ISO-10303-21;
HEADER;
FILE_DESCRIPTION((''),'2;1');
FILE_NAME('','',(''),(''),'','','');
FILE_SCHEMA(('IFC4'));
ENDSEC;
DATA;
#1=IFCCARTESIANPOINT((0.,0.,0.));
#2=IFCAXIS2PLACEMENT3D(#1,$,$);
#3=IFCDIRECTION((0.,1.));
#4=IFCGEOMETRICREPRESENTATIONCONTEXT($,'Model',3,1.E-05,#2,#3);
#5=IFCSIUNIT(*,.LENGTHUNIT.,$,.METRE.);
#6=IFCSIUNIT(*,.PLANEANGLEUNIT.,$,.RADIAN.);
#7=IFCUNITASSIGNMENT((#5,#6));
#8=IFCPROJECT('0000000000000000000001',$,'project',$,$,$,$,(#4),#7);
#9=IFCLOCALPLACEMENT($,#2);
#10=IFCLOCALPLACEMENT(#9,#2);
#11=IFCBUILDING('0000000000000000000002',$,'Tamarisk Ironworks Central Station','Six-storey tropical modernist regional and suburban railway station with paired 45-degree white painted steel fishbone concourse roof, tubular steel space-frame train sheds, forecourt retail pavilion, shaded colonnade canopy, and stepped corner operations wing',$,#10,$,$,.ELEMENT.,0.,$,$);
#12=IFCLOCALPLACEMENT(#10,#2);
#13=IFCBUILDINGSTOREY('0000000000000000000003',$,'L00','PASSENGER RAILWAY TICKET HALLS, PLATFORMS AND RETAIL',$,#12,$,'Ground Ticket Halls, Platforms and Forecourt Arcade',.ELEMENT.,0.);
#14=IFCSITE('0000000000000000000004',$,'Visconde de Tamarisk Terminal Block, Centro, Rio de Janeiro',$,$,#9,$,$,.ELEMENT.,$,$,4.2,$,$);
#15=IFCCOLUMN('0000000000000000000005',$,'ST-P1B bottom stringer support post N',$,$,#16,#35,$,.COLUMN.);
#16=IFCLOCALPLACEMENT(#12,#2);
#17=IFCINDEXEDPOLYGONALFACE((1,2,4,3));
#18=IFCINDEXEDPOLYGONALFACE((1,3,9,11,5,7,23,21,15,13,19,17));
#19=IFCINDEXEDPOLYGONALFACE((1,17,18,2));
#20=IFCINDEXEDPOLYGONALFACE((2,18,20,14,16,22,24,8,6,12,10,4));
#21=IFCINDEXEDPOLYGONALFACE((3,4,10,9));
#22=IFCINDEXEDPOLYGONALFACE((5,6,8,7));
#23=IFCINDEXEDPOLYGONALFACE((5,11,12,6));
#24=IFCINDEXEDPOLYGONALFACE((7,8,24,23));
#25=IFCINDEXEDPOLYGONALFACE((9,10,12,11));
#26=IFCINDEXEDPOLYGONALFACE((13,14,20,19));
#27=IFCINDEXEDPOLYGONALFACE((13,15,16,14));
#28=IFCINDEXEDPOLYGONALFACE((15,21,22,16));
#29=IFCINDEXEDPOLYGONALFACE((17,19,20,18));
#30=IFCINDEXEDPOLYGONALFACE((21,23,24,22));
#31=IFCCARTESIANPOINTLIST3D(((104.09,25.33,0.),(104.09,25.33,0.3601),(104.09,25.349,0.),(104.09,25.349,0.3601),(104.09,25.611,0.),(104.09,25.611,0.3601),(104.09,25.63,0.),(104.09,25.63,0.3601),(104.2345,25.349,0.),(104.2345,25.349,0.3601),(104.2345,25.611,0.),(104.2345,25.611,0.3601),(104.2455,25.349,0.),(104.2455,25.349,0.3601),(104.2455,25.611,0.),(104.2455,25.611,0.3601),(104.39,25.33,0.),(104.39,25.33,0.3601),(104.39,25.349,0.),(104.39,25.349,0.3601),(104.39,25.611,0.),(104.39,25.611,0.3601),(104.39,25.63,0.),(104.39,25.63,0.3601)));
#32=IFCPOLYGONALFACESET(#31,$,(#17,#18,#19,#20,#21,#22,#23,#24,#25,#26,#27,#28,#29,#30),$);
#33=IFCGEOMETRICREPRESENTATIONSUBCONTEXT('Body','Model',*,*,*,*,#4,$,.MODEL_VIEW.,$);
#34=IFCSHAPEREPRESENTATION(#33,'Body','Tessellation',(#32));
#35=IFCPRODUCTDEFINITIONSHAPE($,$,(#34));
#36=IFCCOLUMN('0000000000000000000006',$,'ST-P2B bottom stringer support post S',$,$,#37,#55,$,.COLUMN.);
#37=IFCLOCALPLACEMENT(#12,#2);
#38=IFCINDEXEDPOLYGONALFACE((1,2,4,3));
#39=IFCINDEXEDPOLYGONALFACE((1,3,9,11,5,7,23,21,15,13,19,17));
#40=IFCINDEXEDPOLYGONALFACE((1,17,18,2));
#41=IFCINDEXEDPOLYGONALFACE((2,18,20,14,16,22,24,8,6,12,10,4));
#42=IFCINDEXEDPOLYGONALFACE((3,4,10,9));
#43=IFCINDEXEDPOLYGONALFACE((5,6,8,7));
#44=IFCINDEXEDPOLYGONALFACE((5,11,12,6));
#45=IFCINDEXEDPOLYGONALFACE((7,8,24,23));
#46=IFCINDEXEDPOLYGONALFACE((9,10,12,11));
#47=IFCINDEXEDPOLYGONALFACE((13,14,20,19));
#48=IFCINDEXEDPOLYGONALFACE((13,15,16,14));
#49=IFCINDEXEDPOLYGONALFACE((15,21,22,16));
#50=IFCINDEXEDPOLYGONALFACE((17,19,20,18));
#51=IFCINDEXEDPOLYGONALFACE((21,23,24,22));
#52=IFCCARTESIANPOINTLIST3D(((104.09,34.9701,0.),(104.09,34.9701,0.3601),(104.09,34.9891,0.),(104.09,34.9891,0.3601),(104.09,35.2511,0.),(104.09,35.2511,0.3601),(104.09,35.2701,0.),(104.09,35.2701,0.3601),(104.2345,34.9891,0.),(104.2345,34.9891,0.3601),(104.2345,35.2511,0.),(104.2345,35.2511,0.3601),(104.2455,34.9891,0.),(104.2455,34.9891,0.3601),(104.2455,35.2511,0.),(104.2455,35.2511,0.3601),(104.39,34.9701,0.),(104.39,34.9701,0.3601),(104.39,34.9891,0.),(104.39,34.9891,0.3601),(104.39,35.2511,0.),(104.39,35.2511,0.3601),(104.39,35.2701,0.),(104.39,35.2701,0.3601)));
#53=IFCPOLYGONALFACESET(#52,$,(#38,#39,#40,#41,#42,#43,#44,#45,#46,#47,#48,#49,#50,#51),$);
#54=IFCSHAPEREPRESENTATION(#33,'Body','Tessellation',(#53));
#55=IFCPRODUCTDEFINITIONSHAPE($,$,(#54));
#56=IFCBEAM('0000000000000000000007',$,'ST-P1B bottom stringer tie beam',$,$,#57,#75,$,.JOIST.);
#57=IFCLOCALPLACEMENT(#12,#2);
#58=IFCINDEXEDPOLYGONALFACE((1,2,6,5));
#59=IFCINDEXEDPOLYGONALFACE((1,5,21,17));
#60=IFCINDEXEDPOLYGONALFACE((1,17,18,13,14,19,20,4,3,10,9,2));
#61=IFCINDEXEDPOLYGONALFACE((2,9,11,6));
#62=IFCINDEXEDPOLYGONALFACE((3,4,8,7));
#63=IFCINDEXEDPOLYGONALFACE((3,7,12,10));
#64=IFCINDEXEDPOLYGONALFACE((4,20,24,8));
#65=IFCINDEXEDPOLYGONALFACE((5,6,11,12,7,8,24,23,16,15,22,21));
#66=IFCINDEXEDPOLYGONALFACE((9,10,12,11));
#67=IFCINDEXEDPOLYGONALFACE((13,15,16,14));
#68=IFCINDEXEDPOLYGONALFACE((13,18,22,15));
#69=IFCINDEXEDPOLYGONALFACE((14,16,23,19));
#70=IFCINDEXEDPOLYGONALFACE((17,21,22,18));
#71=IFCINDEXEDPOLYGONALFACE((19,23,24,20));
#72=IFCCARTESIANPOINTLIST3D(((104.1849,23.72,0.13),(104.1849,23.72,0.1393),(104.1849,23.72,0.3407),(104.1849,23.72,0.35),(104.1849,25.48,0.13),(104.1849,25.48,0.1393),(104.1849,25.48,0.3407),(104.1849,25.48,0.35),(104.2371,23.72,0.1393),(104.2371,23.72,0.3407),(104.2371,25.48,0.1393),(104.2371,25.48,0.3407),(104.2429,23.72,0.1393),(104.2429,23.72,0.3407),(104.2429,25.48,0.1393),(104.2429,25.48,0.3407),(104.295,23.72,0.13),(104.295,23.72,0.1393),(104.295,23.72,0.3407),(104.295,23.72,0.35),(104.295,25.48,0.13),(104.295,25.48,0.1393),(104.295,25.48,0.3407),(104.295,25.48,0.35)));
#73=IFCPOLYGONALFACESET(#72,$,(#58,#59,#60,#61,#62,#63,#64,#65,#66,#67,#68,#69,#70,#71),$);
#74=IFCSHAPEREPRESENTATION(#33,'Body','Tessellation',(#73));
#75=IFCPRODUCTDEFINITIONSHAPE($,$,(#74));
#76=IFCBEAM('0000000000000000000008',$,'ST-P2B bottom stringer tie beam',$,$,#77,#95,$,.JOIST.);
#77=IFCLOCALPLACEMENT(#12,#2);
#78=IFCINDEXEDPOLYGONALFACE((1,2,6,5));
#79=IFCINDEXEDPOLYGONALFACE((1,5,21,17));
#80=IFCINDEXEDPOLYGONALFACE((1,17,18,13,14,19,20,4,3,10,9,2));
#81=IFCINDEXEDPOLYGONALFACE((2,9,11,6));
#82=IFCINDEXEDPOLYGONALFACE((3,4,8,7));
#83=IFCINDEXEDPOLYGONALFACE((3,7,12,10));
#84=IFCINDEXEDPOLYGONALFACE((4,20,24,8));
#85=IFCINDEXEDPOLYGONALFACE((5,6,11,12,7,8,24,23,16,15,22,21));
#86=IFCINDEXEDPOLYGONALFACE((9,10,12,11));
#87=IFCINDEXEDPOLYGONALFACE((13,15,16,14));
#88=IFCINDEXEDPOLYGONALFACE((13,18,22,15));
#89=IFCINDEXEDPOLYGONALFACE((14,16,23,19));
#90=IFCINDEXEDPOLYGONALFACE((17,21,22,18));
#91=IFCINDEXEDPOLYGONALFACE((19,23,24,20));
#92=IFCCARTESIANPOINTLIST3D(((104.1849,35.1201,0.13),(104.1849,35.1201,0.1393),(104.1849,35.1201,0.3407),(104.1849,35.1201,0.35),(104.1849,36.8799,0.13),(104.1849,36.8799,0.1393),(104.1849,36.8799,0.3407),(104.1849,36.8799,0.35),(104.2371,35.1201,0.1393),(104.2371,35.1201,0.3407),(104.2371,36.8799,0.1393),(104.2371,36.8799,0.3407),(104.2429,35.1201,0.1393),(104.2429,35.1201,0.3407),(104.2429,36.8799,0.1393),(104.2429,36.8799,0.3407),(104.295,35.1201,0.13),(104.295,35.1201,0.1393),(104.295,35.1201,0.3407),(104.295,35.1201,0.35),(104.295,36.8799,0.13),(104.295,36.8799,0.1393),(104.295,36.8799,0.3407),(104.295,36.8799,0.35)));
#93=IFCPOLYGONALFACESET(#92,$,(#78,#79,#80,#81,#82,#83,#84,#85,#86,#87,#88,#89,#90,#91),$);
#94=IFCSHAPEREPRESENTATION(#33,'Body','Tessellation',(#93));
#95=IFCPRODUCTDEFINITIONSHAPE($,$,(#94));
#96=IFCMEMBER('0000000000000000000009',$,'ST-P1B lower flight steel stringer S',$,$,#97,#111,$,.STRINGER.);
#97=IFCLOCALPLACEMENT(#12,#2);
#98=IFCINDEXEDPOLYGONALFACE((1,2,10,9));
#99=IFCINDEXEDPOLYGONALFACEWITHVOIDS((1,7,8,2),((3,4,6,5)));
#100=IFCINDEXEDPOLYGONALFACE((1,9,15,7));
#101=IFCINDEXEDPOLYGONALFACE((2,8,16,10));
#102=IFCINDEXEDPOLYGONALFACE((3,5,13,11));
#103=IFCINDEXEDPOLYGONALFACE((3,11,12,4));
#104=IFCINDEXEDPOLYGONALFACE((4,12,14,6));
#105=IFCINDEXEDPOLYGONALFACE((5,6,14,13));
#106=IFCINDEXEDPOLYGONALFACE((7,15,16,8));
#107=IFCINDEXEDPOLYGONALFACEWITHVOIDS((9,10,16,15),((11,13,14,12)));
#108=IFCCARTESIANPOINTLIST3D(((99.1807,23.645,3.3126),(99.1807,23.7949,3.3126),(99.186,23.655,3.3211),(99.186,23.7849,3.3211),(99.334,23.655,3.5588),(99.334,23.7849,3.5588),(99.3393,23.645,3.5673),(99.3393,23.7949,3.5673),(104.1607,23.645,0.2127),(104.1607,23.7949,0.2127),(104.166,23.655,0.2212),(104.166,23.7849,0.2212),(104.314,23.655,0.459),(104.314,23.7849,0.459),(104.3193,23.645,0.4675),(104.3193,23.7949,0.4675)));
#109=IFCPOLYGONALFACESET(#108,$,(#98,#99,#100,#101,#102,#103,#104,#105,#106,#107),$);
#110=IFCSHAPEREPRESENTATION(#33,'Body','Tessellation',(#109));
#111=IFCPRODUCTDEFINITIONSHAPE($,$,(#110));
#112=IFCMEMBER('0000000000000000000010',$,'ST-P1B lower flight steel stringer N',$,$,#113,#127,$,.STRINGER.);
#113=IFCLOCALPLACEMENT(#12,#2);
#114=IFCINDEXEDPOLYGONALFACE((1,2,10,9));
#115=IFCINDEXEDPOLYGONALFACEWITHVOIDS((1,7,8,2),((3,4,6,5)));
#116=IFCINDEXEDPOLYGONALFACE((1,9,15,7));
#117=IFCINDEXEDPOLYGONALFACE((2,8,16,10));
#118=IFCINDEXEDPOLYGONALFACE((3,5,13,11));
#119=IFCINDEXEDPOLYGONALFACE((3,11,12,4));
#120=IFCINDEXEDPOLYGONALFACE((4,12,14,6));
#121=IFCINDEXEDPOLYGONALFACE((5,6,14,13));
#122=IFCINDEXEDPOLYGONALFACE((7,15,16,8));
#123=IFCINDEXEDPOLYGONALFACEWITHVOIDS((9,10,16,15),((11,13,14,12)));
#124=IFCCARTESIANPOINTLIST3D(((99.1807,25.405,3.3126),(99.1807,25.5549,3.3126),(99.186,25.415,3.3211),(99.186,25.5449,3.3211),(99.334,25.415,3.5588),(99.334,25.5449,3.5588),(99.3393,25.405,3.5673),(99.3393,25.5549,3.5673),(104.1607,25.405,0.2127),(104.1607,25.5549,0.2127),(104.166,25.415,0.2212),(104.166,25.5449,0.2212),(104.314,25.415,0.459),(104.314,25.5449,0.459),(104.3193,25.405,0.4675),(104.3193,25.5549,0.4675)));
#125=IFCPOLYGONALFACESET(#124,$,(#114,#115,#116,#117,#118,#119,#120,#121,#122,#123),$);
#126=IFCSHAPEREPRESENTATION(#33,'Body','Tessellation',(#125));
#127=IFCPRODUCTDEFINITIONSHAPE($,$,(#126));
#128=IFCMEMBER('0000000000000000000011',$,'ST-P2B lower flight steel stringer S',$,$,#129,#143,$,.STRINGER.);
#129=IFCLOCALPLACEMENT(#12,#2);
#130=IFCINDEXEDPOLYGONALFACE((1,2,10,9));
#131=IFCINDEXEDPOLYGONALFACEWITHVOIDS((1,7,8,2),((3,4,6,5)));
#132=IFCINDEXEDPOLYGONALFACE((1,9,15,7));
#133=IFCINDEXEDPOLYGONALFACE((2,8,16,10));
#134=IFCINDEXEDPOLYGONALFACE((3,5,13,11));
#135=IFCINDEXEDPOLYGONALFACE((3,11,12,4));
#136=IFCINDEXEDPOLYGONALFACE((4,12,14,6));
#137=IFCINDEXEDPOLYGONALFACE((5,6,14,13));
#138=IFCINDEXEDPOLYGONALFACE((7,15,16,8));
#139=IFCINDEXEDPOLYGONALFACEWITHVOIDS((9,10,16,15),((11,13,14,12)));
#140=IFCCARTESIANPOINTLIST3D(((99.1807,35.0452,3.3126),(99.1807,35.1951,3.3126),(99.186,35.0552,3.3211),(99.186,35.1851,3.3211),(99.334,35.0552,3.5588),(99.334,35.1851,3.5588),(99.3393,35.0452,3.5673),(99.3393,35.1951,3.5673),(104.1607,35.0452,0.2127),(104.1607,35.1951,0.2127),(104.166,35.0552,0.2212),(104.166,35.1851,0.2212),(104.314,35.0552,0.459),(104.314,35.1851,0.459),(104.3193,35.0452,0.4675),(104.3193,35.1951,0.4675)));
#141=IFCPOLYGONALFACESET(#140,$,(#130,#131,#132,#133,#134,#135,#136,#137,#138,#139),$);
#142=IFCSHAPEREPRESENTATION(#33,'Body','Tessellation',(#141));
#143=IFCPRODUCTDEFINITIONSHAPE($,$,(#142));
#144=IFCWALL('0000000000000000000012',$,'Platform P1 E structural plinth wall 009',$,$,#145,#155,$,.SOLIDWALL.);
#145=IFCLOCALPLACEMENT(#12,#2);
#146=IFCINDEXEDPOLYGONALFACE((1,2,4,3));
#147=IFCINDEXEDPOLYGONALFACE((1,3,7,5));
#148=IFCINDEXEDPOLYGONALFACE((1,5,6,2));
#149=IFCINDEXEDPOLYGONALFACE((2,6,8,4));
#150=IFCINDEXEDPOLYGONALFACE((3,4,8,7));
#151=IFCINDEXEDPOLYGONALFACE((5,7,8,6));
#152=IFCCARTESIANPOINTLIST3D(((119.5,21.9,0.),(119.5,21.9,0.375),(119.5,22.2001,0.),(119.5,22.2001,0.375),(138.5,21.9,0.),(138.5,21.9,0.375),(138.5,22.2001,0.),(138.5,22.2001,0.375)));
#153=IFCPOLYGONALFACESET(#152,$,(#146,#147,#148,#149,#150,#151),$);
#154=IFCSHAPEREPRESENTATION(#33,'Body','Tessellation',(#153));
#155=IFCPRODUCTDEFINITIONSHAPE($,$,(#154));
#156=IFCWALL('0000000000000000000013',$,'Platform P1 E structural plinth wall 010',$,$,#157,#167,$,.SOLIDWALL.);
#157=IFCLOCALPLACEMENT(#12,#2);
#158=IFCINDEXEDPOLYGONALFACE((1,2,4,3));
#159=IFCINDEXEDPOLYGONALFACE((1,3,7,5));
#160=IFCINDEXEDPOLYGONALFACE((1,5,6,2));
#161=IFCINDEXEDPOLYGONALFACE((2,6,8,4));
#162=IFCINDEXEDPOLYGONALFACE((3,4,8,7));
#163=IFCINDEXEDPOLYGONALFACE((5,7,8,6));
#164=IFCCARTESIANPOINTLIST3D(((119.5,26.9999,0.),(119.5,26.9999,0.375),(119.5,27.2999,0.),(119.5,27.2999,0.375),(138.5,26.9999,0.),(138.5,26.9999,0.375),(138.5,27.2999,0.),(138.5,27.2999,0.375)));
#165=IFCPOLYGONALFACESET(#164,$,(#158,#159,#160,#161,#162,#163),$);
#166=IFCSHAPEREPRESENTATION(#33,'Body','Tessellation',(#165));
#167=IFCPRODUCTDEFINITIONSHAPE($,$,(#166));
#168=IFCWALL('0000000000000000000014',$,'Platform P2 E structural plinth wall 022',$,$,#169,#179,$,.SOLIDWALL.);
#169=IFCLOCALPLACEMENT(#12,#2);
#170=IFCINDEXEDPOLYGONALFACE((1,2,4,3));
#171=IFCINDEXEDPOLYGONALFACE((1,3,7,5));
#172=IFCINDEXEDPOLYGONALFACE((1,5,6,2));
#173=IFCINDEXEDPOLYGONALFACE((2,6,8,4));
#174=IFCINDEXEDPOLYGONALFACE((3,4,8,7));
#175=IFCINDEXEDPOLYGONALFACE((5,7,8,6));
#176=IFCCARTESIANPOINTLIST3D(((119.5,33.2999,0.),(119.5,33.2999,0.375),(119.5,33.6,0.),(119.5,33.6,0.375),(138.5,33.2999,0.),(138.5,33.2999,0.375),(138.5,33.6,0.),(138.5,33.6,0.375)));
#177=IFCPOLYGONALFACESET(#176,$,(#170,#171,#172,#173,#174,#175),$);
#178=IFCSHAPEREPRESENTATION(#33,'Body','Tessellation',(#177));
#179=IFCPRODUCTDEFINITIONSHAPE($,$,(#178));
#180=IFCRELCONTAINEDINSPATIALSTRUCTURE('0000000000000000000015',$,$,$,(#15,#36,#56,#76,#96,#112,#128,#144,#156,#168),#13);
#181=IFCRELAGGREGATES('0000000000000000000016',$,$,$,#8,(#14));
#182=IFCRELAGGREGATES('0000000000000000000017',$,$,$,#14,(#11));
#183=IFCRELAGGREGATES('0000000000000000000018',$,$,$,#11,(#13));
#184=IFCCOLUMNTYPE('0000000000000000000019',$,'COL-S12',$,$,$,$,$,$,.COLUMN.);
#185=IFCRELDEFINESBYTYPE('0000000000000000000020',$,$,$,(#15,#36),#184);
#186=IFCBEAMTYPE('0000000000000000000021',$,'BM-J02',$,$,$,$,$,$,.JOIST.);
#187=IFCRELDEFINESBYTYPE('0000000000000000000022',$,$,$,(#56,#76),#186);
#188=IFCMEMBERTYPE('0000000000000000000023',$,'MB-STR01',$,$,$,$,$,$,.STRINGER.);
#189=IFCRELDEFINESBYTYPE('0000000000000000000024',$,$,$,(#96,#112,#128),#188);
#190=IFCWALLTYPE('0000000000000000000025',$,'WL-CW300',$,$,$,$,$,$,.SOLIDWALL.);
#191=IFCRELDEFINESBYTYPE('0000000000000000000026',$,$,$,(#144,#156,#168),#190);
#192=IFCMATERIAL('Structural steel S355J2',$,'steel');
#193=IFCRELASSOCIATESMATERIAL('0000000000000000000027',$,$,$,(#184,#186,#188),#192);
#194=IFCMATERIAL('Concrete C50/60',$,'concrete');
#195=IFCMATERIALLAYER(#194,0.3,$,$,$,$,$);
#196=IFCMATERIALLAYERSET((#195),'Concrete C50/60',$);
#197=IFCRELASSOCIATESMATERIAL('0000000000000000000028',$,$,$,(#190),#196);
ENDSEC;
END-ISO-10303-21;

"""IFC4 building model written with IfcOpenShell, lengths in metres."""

from ifc_helpers import new_model, si_unit, direction, frame, frame_2d, origin, origin_2d, place, context, subcontext, project, spatial, rectangle, hollow_rectangle, i_section, extrude, material, layer, layer_set, material_profile, profile_set, type_object, element, save


model = new_model("IFC4")

# Units and contexts
model_context = context("Model", 3, precision=1e-05, world=origin(), true_north=direction((0.0, 1.0)))
body_context = subcontext(model_context, "Body", "Model", "MODEL_VIEW")
ifc_project = project(units=[si_unit("LENGTHUNIT", "METRE"), si_unit("PLANEANGLEUNIT", "RADIAN")], contexts=[model_context])

# Site, building, storey
site_placement = place(None, origin())
site = spatial("IfcSite", under=ifc_project, at=site_placement, Name="Visconde de Tamarisk Terminal Block, Centro, Rio de Janeiro", CompositionType="ELEMENT", RefElevation=4.2)
building_placement = place(site_placement, origin())
building = spatial("IfcBuilding", under=site, at=building_placement, Name="Tamarisk Ironworks Central Station", Description="Six-storey tropical modernist regional and suburban railway station with paired 45-degree white painted steel fishbone concourse roof, tubular steel space-frame train sheds, forecourt retail pavilion, shaded colonnade canopy, and stepped corner operations wing", CompositionType="ELEMENT", ElevationOfRefHeight=0.0)
storey_placement = place(building_placement, origin())
storey = spatial("IfcBuildingStorey", under=building, at=storey_placement, Name="L00", Description="PASSENGER RAILWAY TICKET HALLS, PLATFORMS AND RETAIL", LongName="Ground Ticket Halls, Platforms and Forecourt Arcade", CompositionType="ELEMENT", Elevation=0.0)

# Columns
ifc_material_1 = material(Name="Structural steel S355J2", Category="steel")
ifc_material_profile_1 = material_profile(ifc_material_1, i_section(OverallWidth=0.3, OverallDepth=0.3, WebThickness=0.011, FlangeThickness=0.019, at=origin_2d()), Name="HEB 300")
ifc_profile_set_1 = profile_set([ifc_material_profile_1], Name="Structural steel S355J2")
column_type_1 = type_object("IfcColumnType", Name="COL-S12", PredefinedType="COLUMN", material=ifc_profile_set_1)
for number, where, z_axis, x_axis, name in (
    (1, (104.24, 25.48, 0.0), (0.0, 0.0, 1.0), (1.0, 0.0, 0.0), "ST-P1B bottom stringer support post N"),
    (2, (104.24, 35.1201, 0.0), (0.0, 0.0, 1.0), (1.0, 0.0, 0.0), "ST-P2B bottom stringer support post S"),
):
    element("IfcColumn", number, at=place(storey_placement, frame(where, z_axis=z_axis, x_axis=x_axis)), inside=storey, type_object=column_type_1, Name=name, PredefinedType="COLUMN", context=body_context, shape_type="SweptSolid", body=[
        extrude(i_section(OverallWidth=0.3, OverallDepth=0.3, WebThickness=0.011, FlangeThickness=0.019, at=origin_2d()), origin(), (0.0, 0.0, 1.0), 0.3601),
    ])

# Beams
ifc_material_profile_2 = material_profile(ifc_material_1, i_section(OverallWidth=0.1101, OverallDepth=0.22, WebThickness=0.0059, FlangeThickness=0.0093, at=origin_2d()), Name="IPE 220")
ifc_profile_set_2 = profile_set([ifc_material_profile_2], Name="Structural steel S355J2")
beam_type = type_object("IfcBeamType", Name="BM-J02", PredefinedType="JOIST", material=ifc_profile_set_2)
beam_1_placement = place(storey_placement, frame((104.24, 23.72, 0.24), z_axis=(0.0, 1.0, 0.0), x_axis=(-1.0, 0.0, 0.0)))
element("IfcBeam", 3, at=beam_1_placement, inside=storey, type_object=beam_type, Name="ST-P1B bottom stringer tie beam", PredefinedType="JOIST", context=body_context, shape_type="SweptSolid", body=[
    extrude(i_section(OverallWidth=0.1101, OverallDepth=0.22, WebThickness=0.0059, FlangeThickness=0.0093, at=origin_2d()), origin(), (0.0, 0.0, 1.0), 1.76),
])
beam_2_placement = place(storey_placement, frame((104.24, 35.1201, 0.24), z_axis=(0.0, 1.0, 0.0), x_axis=(-1.0, 0.0, 0.0)))
element("IfcBeam", 4, at=beam_2_placement, inside=storey, type_object=beam_type, Name="ST-P2B bottom stringer tie beam", PredefinedType="JOIST", context=body_context, shape_type="SweptSolid", body=[
    extrude(i_section(OverallWidth=0.1101, OverallDepth=0.22, WebThickness=0.0059, FlangeThickness=0.0093, at=origin_2d()), origin(), (0.0, 0.0, 1.0), 1.7598),
])

# Members
ifc_material_profile_3 = material_profile(ifc_material_1, hollow_rectangle(XDim=0.1499, YDim=0.3, WallThickness=0.01, at=origin_2d()), Name="RHS 300x150x10")
ifc_profile_set_3 = profile_set([ifc_material_profile_3], Name="Structural steel S355J2")
member_type = type_object("IfcMemberType", Name="MB-STR01", PredefinedType="STRINGER", material=ifc_profile_set_3)
for number, where, z_axis, x_axis, name in (
    (5, (104.24, 23.72, 0.3401), (-0.848965, 0.0, 0.528449), (0.0, -1.0, 0.0), "ST-P1B lower flight steel stringer S"),
    (6, (104.24, 25.48, 0.3401), (-0.848965, 0.0, 0.528449), (0.0, -1.0, 0.0), "ST-P1B lower flight steel stringer N"),
    (7, (104.24, 35.1201, 0.3401), (-0.848965, 0.0, 0.528449), (0.0, -1.0, 0.0), "ST-P2B lower flight steel stringer S"),
):
    element("IfcMember", number, at=place(storey_placement, frame(where, z_axis=z_axis, x_axis=x_axis)), inside=storey, type_object=member_type, Name=name, PredefinedType="STRINGER", context=body_context, shape_type="SweptSolid", body=[
        extrude(hollow_rectangle(XDim=0.1499, YDim=0.3, WallThickness=0.01, at=origin_2d()), origin(), (0.0, 0.0, 1.0), 5.866),
    ])

# Walls
ifc_material_2 = material(Name="Concrete C50/60", Category="concrete")
ifc_layer = layer(ifc_material_2, 0.3)
ifc_layer_set = layer_set([ifc_layer], Name="Concrete C50/60")
wall_type = type_object("IfcWallType", Name="WL-CW300", PredefinedType="SOLIDWALL", material=ifc_layer_set)
for number, where, z_axis, x_axis, name in (
    (8, (119.5, 22.05, 0.0), (0.0, 0.0, 1.0), (1.0, 0.0, 0.0), "Platform P1 E structural plinth wall 009"),
    (9, (119.5, 27.1499, 0.0), (0.0, 0.0, 1.0), (1.0, 0.0, 0.0), "Platform P1 E structural plinth wall 010"),
    (10, (119.5, 33.45, 0.0), (0.0, 0.0, 1.0), (1.0, 0.0, 0.0), "Platform P2 E structural plinth wall 022"),
):
    element("IfcWall", number, at=place(storey_placement, frame(where, z_axis=z_axis, x_axis=x_axis)), inside=storey, type_object=wall_type, Name=name, PredefinedType="SOLIDWALL", context=body_context, shape_type="SweptSolid", body=[
        extrude(rectangle(XDim=19.0, YDim=0.3, at=frame_2d((9.5, 0.0))), origin(), (0.0, 0.0, 1.0), 0.375),
    ])

save(model, "model.ifc")
